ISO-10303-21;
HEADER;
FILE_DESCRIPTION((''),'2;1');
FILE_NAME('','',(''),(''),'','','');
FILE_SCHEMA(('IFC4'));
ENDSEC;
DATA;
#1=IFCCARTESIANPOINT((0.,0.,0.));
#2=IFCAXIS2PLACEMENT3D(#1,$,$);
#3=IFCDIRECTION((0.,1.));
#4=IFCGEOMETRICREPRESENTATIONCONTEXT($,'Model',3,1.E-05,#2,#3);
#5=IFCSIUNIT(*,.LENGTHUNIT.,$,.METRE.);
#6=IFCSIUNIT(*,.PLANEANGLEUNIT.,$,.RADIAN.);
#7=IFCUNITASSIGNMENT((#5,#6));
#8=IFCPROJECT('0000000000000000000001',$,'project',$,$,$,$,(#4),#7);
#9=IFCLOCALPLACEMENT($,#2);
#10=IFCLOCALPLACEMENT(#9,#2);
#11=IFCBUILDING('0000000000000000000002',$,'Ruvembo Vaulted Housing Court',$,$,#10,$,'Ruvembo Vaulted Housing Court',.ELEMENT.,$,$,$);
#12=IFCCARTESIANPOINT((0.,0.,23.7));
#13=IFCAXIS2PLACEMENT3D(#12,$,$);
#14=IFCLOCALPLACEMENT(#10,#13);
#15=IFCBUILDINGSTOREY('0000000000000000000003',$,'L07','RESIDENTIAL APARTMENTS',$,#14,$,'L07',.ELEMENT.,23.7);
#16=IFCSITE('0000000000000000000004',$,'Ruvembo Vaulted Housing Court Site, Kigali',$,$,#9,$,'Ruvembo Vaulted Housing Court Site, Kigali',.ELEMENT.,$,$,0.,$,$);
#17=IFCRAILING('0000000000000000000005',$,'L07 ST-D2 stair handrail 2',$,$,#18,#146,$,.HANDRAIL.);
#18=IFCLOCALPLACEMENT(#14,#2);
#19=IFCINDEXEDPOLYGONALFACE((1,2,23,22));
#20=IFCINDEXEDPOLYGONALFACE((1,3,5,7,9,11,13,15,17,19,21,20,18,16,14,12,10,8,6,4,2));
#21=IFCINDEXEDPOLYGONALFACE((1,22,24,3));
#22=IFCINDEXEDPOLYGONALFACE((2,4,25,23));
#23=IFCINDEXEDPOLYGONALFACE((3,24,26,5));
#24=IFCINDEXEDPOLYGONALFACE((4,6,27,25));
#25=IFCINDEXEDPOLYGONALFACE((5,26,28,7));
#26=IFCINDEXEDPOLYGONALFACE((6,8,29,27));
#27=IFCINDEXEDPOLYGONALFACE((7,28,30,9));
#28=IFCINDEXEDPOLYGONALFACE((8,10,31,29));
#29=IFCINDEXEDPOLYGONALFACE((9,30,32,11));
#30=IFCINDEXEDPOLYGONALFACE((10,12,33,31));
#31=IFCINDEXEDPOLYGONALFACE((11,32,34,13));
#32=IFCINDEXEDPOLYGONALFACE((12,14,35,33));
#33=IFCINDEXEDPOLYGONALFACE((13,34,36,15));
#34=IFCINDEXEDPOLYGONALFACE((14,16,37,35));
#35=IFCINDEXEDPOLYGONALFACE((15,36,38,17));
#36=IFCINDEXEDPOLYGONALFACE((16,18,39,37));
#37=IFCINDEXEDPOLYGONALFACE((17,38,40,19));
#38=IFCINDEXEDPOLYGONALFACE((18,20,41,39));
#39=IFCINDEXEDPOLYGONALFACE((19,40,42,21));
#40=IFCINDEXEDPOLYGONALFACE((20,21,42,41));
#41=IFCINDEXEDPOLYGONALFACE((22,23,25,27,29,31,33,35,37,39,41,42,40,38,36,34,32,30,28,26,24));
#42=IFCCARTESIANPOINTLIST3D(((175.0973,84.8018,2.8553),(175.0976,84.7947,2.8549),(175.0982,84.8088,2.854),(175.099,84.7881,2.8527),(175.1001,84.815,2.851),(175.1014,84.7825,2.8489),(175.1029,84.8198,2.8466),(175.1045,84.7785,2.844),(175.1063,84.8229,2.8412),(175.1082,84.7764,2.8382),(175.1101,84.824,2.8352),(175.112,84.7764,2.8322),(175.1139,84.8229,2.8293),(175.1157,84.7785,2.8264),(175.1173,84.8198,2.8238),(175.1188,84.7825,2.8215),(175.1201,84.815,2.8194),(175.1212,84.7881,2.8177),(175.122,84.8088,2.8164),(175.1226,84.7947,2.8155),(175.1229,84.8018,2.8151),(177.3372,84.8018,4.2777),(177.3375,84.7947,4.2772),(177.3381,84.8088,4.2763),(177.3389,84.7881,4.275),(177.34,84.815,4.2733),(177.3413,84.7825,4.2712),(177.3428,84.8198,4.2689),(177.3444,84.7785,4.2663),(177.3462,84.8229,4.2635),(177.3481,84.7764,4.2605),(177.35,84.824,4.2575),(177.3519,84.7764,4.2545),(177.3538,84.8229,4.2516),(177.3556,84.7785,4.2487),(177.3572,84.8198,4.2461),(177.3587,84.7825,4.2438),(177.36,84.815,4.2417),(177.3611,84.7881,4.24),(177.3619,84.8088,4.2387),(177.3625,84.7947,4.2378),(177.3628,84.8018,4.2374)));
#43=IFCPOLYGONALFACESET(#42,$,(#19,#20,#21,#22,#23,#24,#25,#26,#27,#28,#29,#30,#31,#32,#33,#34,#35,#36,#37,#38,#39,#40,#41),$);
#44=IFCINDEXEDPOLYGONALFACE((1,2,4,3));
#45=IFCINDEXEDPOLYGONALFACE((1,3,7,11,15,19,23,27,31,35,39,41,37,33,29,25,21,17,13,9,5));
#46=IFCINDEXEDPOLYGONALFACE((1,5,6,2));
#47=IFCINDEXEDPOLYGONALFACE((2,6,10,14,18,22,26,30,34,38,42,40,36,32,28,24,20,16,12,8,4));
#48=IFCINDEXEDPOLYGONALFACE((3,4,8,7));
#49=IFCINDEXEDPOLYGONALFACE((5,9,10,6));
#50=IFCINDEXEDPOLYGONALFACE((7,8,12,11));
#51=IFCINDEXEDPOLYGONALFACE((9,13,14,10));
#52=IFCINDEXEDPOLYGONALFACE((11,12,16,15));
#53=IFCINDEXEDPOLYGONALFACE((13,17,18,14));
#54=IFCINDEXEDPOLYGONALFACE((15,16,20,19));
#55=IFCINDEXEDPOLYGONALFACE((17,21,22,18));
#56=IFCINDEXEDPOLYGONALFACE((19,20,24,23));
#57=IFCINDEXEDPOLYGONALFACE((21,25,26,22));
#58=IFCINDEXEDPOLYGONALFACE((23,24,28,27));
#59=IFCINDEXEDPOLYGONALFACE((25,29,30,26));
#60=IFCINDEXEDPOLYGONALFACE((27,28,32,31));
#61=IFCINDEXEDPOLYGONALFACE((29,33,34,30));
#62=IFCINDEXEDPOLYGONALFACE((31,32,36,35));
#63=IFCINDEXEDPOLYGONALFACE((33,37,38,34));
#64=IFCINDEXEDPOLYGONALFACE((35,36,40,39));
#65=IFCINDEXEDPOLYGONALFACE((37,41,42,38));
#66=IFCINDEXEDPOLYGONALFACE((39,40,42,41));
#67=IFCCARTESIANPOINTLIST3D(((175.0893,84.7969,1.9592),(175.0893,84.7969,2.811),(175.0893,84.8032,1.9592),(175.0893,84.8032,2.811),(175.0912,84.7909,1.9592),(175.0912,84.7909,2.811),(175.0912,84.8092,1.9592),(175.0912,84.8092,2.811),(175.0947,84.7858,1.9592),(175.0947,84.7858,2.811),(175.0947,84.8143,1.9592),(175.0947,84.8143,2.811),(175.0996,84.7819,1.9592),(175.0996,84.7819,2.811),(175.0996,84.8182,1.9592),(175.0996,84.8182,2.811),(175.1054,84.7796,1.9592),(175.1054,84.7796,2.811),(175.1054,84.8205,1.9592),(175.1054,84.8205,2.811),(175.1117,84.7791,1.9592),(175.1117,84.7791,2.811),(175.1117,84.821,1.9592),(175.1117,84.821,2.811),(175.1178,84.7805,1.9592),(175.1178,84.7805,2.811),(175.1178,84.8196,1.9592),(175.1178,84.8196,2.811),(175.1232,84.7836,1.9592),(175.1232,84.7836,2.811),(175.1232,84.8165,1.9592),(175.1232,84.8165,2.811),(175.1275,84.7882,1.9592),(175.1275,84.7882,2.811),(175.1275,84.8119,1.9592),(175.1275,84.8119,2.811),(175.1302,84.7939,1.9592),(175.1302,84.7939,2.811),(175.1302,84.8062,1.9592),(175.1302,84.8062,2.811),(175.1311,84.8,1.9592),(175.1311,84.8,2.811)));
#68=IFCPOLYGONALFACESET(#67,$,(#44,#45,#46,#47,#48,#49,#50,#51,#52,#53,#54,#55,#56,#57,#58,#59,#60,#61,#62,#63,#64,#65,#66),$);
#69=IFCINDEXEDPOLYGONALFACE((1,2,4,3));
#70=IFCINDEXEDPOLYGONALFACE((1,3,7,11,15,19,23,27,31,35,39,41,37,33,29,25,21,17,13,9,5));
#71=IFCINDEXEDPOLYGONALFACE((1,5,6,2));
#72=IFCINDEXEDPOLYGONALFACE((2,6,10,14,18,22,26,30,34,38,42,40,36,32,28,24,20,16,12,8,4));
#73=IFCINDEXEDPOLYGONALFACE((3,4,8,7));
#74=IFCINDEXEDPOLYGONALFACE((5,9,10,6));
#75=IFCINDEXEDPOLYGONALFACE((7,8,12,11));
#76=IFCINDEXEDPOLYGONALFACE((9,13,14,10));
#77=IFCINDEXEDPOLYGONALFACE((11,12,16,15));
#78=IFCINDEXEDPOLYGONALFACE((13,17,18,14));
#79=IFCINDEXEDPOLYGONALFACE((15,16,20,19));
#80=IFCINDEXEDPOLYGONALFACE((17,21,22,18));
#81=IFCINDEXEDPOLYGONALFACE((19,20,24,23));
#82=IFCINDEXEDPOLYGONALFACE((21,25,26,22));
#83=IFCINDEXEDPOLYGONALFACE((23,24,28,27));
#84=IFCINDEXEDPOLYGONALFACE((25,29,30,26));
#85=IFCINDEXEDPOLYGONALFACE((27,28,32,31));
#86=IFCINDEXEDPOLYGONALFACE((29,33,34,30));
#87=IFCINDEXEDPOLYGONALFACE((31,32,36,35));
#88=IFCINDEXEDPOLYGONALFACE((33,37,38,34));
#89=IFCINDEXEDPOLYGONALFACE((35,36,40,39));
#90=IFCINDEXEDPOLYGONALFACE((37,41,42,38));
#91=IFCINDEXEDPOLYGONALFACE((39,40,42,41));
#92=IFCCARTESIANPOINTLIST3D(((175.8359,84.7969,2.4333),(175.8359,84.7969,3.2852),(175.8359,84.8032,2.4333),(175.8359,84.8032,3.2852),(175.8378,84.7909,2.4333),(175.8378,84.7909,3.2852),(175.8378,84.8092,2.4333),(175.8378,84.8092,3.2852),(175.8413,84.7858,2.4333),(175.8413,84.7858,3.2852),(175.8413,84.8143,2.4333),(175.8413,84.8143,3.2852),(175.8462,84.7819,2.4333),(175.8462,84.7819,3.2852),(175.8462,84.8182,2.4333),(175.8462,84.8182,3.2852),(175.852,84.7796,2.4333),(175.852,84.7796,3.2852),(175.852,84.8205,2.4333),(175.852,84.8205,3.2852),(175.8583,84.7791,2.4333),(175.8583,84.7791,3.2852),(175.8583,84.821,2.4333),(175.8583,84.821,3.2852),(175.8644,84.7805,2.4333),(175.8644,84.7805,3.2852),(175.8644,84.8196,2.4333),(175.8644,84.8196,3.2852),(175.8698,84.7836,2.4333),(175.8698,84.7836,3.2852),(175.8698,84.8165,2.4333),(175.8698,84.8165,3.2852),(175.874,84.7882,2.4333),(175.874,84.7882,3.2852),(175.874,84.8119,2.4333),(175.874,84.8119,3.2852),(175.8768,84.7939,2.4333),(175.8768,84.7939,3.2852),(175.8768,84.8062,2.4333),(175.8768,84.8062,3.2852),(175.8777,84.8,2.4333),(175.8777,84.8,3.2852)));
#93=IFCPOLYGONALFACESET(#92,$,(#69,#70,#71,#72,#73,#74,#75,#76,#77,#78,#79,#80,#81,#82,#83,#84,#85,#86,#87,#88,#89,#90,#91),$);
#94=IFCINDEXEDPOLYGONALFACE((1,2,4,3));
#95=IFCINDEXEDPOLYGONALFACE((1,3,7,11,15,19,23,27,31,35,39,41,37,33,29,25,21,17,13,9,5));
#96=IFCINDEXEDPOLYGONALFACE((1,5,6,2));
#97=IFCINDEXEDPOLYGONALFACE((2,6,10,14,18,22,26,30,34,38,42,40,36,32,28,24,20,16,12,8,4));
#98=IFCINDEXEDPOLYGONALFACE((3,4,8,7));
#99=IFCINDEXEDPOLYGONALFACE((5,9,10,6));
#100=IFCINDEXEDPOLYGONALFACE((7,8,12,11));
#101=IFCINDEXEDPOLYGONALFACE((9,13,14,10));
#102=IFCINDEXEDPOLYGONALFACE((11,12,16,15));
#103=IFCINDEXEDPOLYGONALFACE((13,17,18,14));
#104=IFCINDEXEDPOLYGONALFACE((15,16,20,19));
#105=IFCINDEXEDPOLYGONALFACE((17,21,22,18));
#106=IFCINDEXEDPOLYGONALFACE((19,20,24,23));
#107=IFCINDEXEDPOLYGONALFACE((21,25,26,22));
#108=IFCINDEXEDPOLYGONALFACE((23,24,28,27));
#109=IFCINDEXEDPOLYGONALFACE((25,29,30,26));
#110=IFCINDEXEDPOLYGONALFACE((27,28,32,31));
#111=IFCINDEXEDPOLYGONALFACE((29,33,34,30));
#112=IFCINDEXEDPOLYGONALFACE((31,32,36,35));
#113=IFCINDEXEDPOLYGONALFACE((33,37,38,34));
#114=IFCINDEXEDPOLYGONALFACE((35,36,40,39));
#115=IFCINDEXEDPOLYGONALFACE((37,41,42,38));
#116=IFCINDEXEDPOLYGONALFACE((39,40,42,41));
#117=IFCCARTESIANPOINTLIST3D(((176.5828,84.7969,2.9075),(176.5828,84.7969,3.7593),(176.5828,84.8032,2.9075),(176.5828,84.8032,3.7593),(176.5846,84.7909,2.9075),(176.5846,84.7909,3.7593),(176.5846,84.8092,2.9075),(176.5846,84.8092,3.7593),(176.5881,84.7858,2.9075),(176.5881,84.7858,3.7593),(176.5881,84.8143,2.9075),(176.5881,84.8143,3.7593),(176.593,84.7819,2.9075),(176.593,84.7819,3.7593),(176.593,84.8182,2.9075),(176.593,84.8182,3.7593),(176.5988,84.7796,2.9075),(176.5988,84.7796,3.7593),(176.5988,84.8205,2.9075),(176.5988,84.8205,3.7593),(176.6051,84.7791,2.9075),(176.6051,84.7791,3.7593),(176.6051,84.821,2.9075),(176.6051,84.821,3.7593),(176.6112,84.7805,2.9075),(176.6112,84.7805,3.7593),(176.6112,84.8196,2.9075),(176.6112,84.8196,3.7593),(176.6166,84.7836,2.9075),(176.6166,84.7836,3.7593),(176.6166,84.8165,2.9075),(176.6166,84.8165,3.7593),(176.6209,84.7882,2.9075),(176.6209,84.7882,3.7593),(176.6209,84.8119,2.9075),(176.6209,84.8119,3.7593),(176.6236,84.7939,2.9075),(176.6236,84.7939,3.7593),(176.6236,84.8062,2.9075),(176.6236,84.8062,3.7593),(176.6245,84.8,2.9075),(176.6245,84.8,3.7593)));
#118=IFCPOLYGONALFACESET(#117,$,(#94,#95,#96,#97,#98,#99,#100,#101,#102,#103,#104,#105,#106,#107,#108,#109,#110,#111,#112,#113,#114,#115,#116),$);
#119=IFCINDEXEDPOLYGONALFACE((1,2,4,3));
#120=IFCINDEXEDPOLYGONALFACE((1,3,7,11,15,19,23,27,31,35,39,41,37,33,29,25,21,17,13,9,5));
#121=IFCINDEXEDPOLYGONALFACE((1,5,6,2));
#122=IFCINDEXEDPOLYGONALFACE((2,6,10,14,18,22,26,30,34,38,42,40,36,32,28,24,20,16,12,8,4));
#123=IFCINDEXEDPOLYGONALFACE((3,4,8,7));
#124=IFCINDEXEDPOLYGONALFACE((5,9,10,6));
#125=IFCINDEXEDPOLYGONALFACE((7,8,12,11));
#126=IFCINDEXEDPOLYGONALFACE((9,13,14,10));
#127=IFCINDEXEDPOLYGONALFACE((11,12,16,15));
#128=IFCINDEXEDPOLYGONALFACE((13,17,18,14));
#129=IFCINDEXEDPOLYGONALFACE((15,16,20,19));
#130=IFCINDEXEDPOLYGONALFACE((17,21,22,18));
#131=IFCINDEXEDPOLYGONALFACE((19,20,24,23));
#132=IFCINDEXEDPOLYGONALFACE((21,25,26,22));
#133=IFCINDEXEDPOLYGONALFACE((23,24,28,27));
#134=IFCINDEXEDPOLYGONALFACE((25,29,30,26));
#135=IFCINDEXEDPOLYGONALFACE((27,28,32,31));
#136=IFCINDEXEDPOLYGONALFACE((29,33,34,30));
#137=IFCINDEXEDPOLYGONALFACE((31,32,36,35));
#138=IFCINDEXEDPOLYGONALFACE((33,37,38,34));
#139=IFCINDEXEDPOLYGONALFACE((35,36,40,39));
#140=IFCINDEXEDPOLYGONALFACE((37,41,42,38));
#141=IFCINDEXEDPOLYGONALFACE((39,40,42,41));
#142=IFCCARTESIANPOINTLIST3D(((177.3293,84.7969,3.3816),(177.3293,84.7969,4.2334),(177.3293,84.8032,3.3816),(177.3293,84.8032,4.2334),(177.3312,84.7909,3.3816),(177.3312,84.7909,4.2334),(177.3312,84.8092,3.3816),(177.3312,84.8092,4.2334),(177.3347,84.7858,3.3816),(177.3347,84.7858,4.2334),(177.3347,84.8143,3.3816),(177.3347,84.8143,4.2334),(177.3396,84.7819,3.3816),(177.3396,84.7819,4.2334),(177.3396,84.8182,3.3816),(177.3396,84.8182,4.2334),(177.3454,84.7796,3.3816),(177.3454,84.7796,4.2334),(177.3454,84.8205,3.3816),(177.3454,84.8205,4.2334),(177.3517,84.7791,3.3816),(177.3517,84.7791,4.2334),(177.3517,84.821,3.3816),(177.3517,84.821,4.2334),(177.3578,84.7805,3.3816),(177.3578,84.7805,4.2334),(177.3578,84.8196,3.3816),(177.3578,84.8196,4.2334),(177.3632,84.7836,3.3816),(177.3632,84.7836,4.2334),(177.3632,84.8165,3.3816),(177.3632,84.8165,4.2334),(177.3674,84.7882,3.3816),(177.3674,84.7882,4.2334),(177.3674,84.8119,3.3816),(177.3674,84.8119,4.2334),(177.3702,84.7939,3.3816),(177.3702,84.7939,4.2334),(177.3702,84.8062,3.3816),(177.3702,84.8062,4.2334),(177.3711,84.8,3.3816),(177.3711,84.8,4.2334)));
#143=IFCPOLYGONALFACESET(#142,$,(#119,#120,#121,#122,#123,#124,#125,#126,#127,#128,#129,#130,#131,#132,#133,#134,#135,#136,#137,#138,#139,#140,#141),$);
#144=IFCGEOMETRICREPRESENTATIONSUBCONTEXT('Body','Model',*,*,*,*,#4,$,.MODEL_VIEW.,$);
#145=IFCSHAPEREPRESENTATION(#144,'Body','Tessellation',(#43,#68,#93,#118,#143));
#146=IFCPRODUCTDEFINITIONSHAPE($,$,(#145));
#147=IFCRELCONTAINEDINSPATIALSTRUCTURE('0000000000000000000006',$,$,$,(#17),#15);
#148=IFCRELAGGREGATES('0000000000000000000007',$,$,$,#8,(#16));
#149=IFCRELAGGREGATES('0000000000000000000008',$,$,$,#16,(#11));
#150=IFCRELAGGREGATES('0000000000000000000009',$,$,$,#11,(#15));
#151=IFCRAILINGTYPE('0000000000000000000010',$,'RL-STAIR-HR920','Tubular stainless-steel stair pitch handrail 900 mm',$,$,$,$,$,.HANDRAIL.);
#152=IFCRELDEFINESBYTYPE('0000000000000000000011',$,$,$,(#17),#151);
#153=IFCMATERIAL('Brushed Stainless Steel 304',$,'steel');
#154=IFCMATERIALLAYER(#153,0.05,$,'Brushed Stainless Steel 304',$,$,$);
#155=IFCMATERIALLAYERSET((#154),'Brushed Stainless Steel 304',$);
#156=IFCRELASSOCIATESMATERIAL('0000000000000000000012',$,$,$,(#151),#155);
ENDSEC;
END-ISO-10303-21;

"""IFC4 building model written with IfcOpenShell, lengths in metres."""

from ifc_helpers import new_model, si_unit, direction, frame, origin, origin_2d, place, context, subcontext, project, spatial, circle, extrude, material, layer, layer_set, type_object, element, save


model = new_model("IFC4")

# Units and contexts
model_context = context("Model", 3, precision=1e-05, world=origin(), true_north=direction((0.0, 1.0)))
body_context = subcontext(model_context, "Body", "Model", "MODEL_VIEW")
ifc_project = project(units=[si_unit("LENGTHUNIT", "METRE"), si_unit("PLANEANGLEUNIT", "RADIAN")], contexts=[model_context])

# Site, building, storey
site_placement = place(None, origin())
site = spatial("IfcSite", under=ifc_project, at=site_placement, Name="Ruvembo Vaulted Housing Court Site, Kigali", LongName="Ruvembo Vaulted Housing Court Site, Kigali", CompositionType="ELEMENT", RefElevation=0.0)
building_placement = place(site_placement, origin())
building = spatial("IfcBuilding", under=site, at=building_placement, Name="Ruvembo Vaulted Housing Court", LongName="Ruvembo Vaulted Housing Court", CompositionType="ELEMENT")
storey_placement = place(building_placement, frame((0.0, 0.0, 23.7)))
storey = spatial("IfcBuildingStorey", under=building, at=storey_placement, Name="L07", Description="RESIDENTIAL APARTMENTS", LongName="L07", CompositionType="ELEMENT", Elevation=23.7)

# Railing
ifc_material_1 = material(Name="Brushed Stainless Steel 304", Category="steel")
ifc_layer_1 = layer(ifc_material_1, 0.05, Name="Brushed Stainless Steel 304")
ifc_layer_set_1 = layer_set([ifc_layer_1], Name="Brushed Stainless Steel 304")
railing_type = type_object("IfcRailingType", Name="RL-STAIR-HR920", Description="Tubular stainless-steel stair pitch handrail 900 mm", PredefinedType="HANDRAIL", material=ifc_layer_set_1)
railing_placement = place(storey_placement, frame((175.1101, 84.8, 1.9592)))
element("IfcRailing", 1, at=railing_placement, inside=storey, type_object=railing_type, Name="L07 ST-D2 stair handrail 2", PredefinedType="HANDRAIL", context=body_context, shape_type="SweptSolid", body=[
    extrude(circle(Radius=0.0239, at=origin_2d()), frame((0.0, 0.0, 0.876), z_axis=(0.844188, 0.0, 0.536048), x_axis=(0.0, 1.0, 0.0)), (0.0, 0.0, 1.0), 2.6533),
    extrude(circle(Radius=0.021, at=origin_2d()), origin(), (0.0, 0.0, 1.0), 0.8518),
    extrude(circle(Radius=0.021, at=origin_2d()), frame((0.7466, 0.0, 0.4741)), (0.0, 0.0, 1.0), 0.8518),
    extrude(circle(Radius=0.021, at=origin_2d()), frame((1.4934, 0.0, 0.9482)), (0.0, 0.0, 1.0), 0.8518),
    extrude(circle(Radius=0.021, at=origin_2d()), frame((2.24, 0.0, 1.4224)), (0.0, 0.0, 1.0), 0.8518),
])

save(model, "model.ifc")
